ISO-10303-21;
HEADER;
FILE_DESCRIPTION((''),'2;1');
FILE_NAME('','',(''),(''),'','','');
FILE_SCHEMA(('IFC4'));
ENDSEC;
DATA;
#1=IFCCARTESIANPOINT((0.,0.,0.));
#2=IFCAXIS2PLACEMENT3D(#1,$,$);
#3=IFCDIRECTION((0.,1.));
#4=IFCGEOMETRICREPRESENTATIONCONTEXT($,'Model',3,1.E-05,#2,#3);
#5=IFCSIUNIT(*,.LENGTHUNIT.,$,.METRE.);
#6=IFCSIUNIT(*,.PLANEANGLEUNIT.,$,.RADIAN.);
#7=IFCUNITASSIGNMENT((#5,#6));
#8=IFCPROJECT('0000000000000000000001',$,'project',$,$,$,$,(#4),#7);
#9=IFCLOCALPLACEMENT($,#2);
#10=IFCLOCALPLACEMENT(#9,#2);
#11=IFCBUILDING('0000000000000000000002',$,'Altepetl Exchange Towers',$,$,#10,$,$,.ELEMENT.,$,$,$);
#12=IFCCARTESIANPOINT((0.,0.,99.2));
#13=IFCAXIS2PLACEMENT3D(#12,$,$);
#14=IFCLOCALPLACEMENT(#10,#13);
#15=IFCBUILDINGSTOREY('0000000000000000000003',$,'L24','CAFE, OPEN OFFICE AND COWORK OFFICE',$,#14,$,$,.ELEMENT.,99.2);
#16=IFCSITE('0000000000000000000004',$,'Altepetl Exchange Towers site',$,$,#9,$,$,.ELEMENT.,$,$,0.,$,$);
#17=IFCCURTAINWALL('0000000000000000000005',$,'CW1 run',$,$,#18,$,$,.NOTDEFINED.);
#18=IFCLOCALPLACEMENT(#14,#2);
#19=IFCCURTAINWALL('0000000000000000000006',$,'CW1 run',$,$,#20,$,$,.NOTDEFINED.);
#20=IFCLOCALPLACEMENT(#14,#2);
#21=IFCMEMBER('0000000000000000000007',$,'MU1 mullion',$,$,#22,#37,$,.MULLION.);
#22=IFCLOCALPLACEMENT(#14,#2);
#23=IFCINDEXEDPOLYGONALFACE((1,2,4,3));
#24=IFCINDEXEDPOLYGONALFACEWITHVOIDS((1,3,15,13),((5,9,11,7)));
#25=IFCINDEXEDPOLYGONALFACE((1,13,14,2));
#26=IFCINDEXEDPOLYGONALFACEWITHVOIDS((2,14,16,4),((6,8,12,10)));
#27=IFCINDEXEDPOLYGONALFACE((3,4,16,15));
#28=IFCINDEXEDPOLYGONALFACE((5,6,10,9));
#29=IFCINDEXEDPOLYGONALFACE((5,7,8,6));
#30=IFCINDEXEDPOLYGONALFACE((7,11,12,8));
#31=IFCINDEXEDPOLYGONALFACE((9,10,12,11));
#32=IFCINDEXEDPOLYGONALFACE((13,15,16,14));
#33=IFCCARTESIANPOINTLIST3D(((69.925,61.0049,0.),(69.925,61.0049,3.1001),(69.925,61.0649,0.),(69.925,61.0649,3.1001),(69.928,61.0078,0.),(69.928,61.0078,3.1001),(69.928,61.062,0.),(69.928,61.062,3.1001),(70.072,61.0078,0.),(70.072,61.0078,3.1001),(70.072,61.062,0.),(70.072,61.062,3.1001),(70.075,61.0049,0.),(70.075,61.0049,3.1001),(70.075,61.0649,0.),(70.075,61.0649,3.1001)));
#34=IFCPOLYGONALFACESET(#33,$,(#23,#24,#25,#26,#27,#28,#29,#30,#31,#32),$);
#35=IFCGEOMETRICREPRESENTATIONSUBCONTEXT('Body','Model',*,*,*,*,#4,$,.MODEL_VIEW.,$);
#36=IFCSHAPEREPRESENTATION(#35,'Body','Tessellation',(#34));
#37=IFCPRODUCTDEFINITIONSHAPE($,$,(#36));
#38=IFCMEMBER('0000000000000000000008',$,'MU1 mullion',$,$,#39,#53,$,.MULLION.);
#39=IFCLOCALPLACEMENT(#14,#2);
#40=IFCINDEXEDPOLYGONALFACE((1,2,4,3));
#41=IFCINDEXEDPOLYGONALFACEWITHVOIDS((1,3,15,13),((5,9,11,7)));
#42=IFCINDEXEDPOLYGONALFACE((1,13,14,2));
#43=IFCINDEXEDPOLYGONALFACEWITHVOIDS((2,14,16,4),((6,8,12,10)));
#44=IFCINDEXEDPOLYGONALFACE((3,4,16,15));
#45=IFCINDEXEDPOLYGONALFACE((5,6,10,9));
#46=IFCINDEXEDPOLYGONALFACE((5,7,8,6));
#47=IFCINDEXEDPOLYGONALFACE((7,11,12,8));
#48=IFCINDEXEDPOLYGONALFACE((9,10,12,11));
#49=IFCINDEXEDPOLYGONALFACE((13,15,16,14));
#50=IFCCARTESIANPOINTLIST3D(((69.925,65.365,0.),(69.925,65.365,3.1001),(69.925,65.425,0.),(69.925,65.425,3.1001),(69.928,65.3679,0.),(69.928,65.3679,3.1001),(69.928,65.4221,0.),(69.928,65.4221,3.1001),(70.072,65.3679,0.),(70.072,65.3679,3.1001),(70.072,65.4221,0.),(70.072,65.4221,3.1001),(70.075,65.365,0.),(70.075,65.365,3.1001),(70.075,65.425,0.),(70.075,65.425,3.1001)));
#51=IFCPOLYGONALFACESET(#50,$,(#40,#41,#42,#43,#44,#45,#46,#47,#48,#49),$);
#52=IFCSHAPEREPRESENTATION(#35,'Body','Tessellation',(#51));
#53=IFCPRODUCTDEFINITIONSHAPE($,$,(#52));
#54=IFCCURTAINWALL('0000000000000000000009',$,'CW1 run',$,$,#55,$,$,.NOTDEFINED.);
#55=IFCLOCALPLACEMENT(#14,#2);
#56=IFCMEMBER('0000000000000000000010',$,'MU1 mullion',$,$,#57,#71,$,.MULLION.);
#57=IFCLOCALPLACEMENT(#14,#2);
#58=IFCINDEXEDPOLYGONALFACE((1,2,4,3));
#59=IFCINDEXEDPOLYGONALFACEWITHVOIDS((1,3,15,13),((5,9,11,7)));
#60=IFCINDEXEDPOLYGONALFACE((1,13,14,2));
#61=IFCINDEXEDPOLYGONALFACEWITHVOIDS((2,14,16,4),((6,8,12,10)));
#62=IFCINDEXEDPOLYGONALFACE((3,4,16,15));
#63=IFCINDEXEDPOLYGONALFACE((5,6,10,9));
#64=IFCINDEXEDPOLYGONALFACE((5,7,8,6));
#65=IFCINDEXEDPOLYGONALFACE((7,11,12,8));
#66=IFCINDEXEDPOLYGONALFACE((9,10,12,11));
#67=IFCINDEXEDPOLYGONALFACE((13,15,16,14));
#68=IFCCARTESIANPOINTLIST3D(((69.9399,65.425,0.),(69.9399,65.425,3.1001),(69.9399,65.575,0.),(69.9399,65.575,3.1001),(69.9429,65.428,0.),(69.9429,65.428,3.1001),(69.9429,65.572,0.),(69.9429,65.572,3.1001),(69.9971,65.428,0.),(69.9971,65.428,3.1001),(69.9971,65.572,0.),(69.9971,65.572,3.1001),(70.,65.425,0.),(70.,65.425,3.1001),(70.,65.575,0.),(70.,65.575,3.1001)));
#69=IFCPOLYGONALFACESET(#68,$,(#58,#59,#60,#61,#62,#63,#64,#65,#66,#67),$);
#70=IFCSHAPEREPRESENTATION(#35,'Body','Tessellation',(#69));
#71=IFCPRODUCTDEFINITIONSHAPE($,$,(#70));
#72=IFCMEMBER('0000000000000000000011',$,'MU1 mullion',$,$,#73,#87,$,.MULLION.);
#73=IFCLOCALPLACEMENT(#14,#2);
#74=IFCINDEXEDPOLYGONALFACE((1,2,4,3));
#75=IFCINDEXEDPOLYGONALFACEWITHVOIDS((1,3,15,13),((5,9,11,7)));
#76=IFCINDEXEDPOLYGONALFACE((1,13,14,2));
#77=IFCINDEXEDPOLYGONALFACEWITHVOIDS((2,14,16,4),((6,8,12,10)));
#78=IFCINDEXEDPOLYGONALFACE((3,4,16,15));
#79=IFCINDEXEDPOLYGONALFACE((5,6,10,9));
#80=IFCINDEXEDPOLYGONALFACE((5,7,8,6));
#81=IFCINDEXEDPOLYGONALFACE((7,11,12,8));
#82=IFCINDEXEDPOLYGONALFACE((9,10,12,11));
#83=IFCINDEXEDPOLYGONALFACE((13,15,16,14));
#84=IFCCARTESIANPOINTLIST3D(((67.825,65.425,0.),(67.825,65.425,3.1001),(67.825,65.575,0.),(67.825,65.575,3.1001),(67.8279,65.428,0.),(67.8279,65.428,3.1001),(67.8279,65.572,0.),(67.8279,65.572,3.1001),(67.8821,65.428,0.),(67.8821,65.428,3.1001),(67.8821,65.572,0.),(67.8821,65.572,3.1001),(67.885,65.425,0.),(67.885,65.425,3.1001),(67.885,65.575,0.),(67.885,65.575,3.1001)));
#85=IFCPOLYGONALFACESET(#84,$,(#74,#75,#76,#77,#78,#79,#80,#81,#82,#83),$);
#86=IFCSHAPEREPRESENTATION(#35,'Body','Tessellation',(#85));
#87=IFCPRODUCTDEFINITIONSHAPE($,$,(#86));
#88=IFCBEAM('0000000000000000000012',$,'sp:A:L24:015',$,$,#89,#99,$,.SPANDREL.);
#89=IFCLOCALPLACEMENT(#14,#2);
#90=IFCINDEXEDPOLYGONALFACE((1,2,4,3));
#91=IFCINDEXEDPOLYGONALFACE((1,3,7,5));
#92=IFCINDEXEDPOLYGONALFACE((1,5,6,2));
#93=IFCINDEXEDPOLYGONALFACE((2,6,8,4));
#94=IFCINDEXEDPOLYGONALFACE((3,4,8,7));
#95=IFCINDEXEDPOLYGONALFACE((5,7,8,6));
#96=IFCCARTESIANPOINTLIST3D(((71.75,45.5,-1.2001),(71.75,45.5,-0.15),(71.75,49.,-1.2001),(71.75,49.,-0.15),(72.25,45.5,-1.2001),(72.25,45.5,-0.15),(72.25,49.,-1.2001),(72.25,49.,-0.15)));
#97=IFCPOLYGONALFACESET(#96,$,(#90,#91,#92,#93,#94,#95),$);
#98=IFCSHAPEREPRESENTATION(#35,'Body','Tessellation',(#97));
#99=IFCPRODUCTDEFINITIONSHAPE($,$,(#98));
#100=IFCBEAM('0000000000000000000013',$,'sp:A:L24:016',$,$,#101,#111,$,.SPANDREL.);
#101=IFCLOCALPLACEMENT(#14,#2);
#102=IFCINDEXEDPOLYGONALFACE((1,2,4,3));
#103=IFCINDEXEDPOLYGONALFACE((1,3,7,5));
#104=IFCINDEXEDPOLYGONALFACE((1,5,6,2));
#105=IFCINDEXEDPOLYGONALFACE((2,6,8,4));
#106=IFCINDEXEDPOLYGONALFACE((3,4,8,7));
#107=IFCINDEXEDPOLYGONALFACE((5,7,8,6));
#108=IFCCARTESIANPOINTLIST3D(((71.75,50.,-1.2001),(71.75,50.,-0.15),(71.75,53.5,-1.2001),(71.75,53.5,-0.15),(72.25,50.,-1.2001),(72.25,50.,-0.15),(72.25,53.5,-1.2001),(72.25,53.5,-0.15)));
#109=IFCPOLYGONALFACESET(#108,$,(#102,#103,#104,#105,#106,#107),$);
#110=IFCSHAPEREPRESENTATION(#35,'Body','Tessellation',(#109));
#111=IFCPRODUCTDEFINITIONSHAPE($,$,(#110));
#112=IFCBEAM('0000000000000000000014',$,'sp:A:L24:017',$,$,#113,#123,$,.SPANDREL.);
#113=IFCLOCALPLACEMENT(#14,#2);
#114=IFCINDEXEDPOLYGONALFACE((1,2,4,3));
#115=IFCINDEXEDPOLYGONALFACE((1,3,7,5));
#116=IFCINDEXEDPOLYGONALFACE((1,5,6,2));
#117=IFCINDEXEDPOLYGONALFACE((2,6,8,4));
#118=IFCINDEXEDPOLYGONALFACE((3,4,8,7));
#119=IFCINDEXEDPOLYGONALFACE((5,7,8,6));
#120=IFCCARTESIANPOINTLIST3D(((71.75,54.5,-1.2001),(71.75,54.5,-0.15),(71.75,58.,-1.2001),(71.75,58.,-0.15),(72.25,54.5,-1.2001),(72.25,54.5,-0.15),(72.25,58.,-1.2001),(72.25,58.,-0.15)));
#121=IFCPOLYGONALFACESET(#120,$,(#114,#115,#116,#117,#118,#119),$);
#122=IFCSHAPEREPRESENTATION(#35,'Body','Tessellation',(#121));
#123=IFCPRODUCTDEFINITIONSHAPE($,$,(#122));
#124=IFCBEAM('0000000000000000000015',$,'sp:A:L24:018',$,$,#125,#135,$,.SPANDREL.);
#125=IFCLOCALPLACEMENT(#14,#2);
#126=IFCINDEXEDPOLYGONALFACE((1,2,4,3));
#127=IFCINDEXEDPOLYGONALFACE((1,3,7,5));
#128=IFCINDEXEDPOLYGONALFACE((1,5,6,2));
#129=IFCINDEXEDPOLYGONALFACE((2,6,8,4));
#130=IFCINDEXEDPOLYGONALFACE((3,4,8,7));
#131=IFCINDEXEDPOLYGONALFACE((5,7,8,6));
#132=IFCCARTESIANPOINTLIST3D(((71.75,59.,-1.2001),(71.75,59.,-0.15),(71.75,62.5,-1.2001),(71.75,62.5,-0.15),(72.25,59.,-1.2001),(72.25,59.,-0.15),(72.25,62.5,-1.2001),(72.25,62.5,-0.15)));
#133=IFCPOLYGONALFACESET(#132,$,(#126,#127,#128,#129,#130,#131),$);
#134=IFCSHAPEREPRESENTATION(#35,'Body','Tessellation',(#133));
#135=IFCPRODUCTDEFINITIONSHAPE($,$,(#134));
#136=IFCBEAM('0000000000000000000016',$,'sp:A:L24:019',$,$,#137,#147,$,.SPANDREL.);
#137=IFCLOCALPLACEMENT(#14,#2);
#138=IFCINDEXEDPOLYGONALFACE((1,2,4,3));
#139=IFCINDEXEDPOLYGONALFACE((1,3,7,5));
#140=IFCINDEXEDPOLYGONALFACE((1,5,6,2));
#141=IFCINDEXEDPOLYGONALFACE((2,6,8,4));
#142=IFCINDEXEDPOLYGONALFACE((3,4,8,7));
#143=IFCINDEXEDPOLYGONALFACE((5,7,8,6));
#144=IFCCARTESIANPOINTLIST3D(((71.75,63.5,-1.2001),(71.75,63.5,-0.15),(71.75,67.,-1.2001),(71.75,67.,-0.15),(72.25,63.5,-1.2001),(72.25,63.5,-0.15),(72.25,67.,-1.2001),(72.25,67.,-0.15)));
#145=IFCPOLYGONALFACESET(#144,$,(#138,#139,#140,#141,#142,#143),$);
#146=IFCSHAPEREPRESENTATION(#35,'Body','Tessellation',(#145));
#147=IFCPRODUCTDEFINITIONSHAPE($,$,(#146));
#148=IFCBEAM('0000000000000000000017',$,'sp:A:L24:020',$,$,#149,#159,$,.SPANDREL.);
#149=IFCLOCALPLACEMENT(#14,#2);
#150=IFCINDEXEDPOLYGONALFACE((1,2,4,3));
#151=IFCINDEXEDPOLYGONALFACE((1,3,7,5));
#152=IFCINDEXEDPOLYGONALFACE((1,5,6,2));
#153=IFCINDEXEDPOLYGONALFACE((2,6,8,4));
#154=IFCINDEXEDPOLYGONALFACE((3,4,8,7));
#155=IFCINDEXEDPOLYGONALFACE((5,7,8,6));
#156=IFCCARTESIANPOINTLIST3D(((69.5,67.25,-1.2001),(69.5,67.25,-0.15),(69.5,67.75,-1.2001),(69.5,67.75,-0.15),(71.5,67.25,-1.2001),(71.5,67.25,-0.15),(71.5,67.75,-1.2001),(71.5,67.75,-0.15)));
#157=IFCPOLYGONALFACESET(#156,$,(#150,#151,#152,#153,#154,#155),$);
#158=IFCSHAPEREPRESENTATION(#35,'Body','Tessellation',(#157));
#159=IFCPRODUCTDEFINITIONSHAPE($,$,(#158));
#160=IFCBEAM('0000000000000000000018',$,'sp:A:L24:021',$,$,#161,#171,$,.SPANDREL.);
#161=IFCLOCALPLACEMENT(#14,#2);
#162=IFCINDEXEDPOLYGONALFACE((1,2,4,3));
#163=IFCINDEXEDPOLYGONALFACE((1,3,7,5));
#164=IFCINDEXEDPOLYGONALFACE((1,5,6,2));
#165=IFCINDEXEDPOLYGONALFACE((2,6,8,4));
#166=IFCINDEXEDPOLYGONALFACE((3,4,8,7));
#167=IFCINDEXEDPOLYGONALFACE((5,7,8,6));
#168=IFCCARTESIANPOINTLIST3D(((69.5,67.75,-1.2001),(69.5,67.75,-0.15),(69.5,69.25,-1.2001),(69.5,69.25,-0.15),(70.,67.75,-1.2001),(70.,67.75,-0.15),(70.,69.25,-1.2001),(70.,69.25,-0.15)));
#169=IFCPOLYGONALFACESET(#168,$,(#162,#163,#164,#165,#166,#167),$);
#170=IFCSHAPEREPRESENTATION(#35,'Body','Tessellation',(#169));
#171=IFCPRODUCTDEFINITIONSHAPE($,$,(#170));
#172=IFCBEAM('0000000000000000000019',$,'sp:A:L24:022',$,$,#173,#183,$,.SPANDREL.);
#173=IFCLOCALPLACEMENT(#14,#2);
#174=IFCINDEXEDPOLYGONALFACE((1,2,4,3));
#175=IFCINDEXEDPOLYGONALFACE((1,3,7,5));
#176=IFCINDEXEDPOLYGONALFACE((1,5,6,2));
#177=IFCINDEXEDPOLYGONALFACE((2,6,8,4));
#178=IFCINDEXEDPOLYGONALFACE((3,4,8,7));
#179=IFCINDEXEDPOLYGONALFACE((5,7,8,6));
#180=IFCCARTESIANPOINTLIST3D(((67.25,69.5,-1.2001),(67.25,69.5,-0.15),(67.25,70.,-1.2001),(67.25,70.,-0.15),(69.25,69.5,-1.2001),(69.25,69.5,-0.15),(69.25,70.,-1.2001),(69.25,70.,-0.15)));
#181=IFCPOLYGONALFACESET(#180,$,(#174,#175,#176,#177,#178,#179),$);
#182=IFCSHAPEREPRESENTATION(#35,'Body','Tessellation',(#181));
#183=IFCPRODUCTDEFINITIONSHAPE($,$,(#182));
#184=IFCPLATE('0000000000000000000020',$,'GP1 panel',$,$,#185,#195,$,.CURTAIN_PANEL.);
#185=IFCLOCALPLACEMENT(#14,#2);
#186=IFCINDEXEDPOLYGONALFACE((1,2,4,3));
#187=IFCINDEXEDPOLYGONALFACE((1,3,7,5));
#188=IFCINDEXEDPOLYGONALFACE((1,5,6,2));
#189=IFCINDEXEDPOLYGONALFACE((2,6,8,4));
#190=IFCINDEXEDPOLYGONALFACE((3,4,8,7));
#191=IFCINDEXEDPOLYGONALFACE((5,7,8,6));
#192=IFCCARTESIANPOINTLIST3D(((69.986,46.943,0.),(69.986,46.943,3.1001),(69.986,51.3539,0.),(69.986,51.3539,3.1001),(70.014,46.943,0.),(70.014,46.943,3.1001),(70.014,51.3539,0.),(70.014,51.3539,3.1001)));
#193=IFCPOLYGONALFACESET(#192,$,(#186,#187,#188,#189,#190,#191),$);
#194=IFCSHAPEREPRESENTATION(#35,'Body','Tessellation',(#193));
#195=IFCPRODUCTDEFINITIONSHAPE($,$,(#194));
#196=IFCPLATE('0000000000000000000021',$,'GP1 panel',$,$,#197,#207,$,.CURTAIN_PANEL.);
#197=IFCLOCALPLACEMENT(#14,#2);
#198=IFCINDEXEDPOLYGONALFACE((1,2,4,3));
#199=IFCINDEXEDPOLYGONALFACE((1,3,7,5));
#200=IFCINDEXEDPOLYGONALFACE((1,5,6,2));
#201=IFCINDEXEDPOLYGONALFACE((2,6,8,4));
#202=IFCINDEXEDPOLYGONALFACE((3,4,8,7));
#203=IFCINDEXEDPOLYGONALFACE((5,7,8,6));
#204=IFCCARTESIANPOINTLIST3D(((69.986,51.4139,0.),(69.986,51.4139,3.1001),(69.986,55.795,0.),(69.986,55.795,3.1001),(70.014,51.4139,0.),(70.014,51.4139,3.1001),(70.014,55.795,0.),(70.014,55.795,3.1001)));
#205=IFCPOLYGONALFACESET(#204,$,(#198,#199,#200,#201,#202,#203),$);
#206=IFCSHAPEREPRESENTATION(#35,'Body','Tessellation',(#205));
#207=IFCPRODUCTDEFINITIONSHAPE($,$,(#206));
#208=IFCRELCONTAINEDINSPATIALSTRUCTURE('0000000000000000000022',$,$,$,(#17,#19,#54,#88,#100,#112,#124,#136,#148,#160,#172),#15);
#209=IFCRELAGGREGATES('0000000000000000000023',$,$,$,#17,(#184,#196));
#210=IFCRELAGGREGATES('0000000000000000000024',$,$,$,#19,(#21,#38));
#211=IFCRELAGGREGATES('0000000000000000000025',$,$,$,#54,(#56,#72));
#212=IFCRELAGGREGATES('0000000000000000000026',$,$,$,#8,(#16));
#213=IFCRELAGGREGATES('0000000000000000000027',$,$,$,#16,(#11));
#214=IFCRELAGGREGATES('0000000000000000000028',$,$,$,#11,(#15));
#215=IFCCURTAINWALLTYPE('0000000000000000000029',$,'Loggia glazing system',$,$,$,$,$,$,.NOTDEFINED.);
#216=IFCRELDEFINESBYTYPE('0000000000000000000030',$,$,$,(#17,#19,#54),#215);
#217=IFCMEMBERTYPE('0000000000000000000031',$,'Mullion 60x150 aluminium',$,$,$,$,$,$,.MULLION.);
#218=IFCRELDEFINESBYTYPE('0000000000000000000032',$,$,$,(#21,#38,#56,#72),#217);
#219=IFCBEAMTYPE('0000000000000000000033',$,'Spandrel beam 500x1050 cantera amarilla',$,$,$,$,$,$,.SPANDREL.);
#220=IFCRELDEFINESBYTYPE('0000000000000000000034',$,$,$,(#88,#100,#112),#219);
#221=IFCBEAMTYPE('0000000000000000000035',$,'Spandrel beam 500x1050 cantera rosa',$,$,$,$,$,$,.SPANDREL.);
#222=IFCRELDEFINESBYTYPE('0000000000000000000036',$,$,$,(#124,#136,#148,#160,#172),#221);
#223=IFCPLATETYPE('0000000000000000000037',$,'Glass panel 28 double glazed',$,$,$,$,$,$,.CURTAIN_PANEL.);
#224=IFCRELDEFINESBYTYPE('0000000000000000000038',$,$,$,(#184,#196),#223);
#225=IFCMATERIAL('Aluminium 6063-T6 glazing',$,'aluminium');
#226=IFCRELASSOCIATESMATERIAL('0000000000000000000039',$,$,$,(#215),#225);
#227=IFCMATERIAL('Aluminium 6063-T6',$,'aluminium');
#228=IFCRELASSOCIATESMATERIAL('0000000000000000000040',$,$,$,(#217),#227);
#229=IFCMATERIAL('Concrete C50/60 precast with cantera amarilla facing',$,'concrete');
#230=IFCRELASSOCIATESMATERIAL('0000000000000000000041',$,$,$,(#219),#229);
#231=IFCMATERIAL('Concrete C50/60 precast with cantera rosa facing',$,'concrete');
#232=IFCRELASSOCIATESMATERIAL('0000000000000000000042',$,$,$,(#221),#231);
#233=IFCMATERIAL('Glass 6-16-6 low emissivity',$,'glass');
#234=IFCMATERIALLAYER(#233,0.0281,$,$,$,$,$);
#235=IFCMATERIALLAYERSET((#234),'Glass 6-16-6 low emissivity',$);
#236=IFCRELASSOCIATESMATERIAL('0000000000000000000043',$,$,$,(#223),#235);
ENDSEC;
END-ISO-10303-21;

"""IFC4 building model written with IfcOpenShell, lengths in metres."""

from ifc_helpers import new_model, si_unit, direction, frame, origin, origin_2d, place, context, subcontext, project, spatial, rectangle, hollow_rectangle, extrude, material, layer, layer_set, material_profile, profile_set, type_object, element, aggregate, save


model = new_model("IFC4")

# Units and contexts
model_context = context("Model", 3, precision=1e-05, world=origin(), true_north=direction((0.0, 1.0)))
body_context = subcontext(model_context, "Body", "Model", "MODEL_VIEW")
ifc_project = project(units=[si_unit("LENGTHUNIT", "METRE"), si_unit("PLANEANGLEUNIT", "RADIAN")], contexts=[model_context])

# Site, building, storey
site_placement = place(None, origin())
site = spatial("IfcSite", under=ifc_project, at=site_placement, Name="Altepetl Exchange Towers site", CompositionType="ELEMENT", RefElevation=0.0)
building_placement = place(site_placement, origin())
building = spatial("IfcBuilding", under=site, at=building_placement, Name="Altepetl Exchange Towers", CompositionType="ELEMENT")
storey_placement = place(building_placement, frame((0.0, 0.0, 99.2)))
storey = spatial("IfcBuildingStorey", under=building, at=storey_placement, Name="L24", Description="CAFE, OPEN OFFICE AND COWORK OFFICE", CompositionType="ELEMENT", Elevation=99.2)

# Curtain walls, members
ifc_material_1 = material(Name="Aluminium 6063-T6 glazing", Category="aluminium")
curtain_wall_type = type_object("IfcCurtainWallType", Name="Loggia glazing system", PredefinedType="NOTDEFINED", material=ifc_material_1)
curtain_wall_1_placement = place(storey_placement, origin())
curtain_wall_1 = element("IfcCurtainWall", 1, at=curtain_wall_1_placement, inside=storey, type_object=curtain_wall_type, Name="CW1 run", PredefinedType="NOTDEFINED")
ifc_material_2 = material(Name="Aluminium 6063-T6", Category="aluminium")
ifc_material_profile_1 = material_profile(ifc_material_2, hollow_rectangle(XDim=0.0601, YDim=0.1499, WallThickness=0.0029, at=origin_2d()), Name="Mullion 60x150 aluminium")
ifc_profile_set_1 = profile_set([ifc_material_profile_1], Name="Aluminium 6063-T6")
member_type = type_object("IfcMemberType", Name="Mullion 60x150 aluminium", PredefinedType="MULLION", material=ifc_profile_set_1)
curtain_wall_2_placement = place(storey_placement, origin())
curtain_wall_2 = element("IfcCurtainWall", 2, at=curtain_wall_2_placement, inside=storey, type_object=curtain_wall_type, Name="CW1 run", PredefinedType="NOTDEFINED")
member_1_placement = place(storey_placement, frame((70.0, 61.0349, 0.0), z_axis=(0.0, 0.0, 1.0), x_axis=(0.0, 1.0, 0.0)))
member_1 = element("IfcMember", 3, at=member_1_placement, type_object=member_type, Name="MU1 mullion", PredefinedType="MULLION", context=body_context, shape_type="SweptSolid", body=[
    extrude(hollow_rectangle(XDim=0.0601, YDim=0.1499, WallThickness=0.0029, at=origin_2d()), origin(), (0.0, 0.0, 1.0), 3.1001),
])
member_2_placement = place(storey_placement, frame((70.0, 65.395, 0.0), z_axis=(0.0, 0.0, 1.0), x_axis=(0.0, 1.0, 0.0)))
member_2 = element("IfcMember", 4, at=member_2_placement, type_object=member_type, Name="MU1 mullion", PredefinedType="MULLION", context=body_context, shape_type="SweptSolid", body=[
    extrude(hollow_rectangle(XDim=0.0601, YDim=0.1499, WallThickness=0.0029, at=origin_2d()), origin(), (0.0, 0.0, 1.0), 3.1001),
])
curtain_wall_3_placement = place(storey_placement, origin())
curtain_wall_3 = element("IfcCurtainWall", 5, at=curtain_wall_3_placement, inside=storey, type_object=curtain_wall_type, Name="CW1 run", PredefinedType="NOTDEFINED")
member_3_placement = place(storey_placement, frame((69.97, 65.5, 0.0), z_axis=(0.0, 0.0, 1.0), x_axis=(-1.0, 0.0, 0.0)))
member_3 = element("IfcMember", 6, at=member_3_placement, type_object=member_type, Name="MU1 mullion", PredefinedType="MULLION", context=body_context, shape_type="SweptSolid", body=[
    extrude(hollow_rectangle(XDim=0.0601, YDim=0.1499, WallThickness=0.0029, at=origin_2d()), origin(), (0.0, 0.0, 1.0), 3.1001),
])
member_4_placement = place(storey_placement, frame((67.855, 65.5, 0.0), z_axis=(0.0, 0.0, 1.0), x_axis=(-1.0, 0.0, 0.0)))
member_4 = element("IfcMember", 7, at=member_4_placement, type_object=member_type, Name="MU1 mullion", PredefinedType="MULLION", context=body_context, shape_type="SweptSolid", body=[
    extrude(hollow_rectangle(XDim=0.0601, YDim=0.1499, WallThickness=0.0029, at=origin_2d()), origin(), (0.0, 0.0, 1.0), 3.1001),
])

# Beams
ifc_material_3 = material(Name="Concrete C50/60 precast with cantera amarilla facing", Category="concrete")
ifc_material_profile_2 = material_profile(ifc_material_3, rectangle(XDim=0.5, YDim=1.05, at=origin_2d()), Name="500 x 1050")
ifc_profile_set_2 = profile_set([ifc_material_profile_2], Name="Concrete C50/60 precast with cantera amarilla facing")
beam_type_1 = type_object("IfcBeamType", Name="Spandrel beam 500x1050 cantera amarilla", PredefinedType="SPANDREL", material=ifc_profile_set_2)
for number, where, z_axis, x_axis, name in (
    (8, (72.0, 45.5, -0.675), (0.0, 1.0, 0.0), (-1.0, 0.0, 0.0), "sp:A:L24:015"),
    (9, (72.0, 50.0, -0.675), (0.0, 1.0, 0.0), (-1.0, 0.0, 0.0), "sp:A:L24:016"),
    (10, (72.0, 54.5, -0.675), (0.0, 1.0, 0.0), (-1.0, 0.0, 0.0), "sp:A:L24:017"),
):
    element("IfcBeam", number, at=place(storey_placement, frame(where, z_axis=z_axis, x_axis=x_axis)), inside=storey, type_object=beam_type_1, Name=name, PredefinedType="SPANDREL", context=body_context, shape_type="SweptSolid", body=[
        extrude(rectangle(XDim=0.5, YDim=1.05, at=origin_2d()), origin(), (0.0, 0.0, 1.0), 3.5),
    ])
ifc_material_4 = material(Name="Concrete C50/60 precast with cantera rosa facing", Category="concrete")
ifc_material_profile_3 = material_profile(ifc_material_4, rectangle(XDim=0.5, YDim=1.05, at=origin_2d()), Name="500 x 1050")
ifc_profile_set_3 = profile_set([ifc_material_profile_3], Name="Concrete C50/60 precast with cantera rosa facing")
beam_type_2 = type_object("IfcBeamType", Name="Spandrel beam 500x1050 cantera rosa", PredefinedType="SPANDREL", material=ifc_profile_set_3)
for number, where, z_axis, x_axis, name in (
    (11, (72.0, 59.0, -0.675), (0.0, 1.0, 0.0), (-1.0, 0.0, 0.0), "sp:A:L24:018"),
    (12, (72.0, 63.5, -0.675), (0.0, 1.0, 0.0), (-1.0, 0.0, 0.0), "sp:A:L24:019"),
):
    element("IfcBeam", number, at=place(storey_placement, frame(where, z_axis=z_axis, x_axis=x_axis)), inside=storey, type_object=beam_type_2, Name=name, PredefinedType="SPANDREL", context=body_context, shape_type="SweptSolid", body=[
        extrude(rectangle(XDim=0.5, YDim=1.05, at=origin_2d()), origin(), (0.0, 0.0, 1.0), 3.5),
    ])
beam_1_placement = place(storey_placement, frame((71.5, 67.5, -0.675), z_axis=(-1.0, 0.0, 0.0), x_axis=(0.0, -1.0, 0.0)))
element("IfcBeam", 13, at=beam_1_placement, inside=storey, type_object=beam_type_2, Name="sp:A:L24:020", PredefinedType="SPANDREL", context=body_context, shape_type="SweptSolid", body=[
    extrude(rectangle(XDim=0.5, YDim=1.05, at=origin_2d()), origin(), (0.0, 0.0, 1.0), 2.0),
])
beam_2_placement = place(storey_placement, frame((69.75, 67.75, -0.675), z_axis=(0.0, 1.0, 0.0), x_axis=(-1.0, 0.0, 0.0)))
element("IfcBeam", 14, at=beam_2_placement, inside=storey, type_object=beam_type_2, Name="sp:A:L24:021", PredefinedType="SPANDREL", context=body_context, shape_type="SweptSolid", body=[
    extrude(rectangle(XDim=0.5, YDim=1.05, at=origin_2d()), origin(), (0.0, 0.0, 1.0), 1.5),
])
beam_3_placement = place(storey_placement, frame((69.25, 69.75, -0.675), z_axis=(-1.0, 0.0, 0.0), x_axis=(0.0, -1.0, 0.0)))
element("IfcBeam", 15, at=beam_3_placement, inside=storey, type_object=beam_type_2, Name="sp:A:L24:022", PredefinedType="SPANDREL", context=body_context, shape_type="SweptSolid", body=[
    extrude(rectangle(XDim=0.5, YDim=1.05, at=origin_2d()), origin(), (0.0, 0.0, 1.0), 2.0),
])

# Plates
ifc_material_5 = material(Name="Glass 6-16-6 low emissivity", Category="glass")
ifc_layer_1 = layer(ifc_material_5, 0.0281)
ifc_layer_set_1 = layer_set([ifc_layer_1], Name="Glass 6-16-6 low emissivity")
plate_type = type_object("IfcPlateType", Name="Glass panel 28 double glazed", PredefinedType="CURTAIN_PANEL", material=ifc_layer_set_1)
plate_1_placement = place(storey_placement, frame((70.0, 49.1484, 0.0), z_axis=(0.0, 0.0, 1.0), x_axis=(0.0, 1.0, 0.0)))
plate_1 = element("IfcPlate", 16, at=plate_1_placement, type_object=plate_type, Name="GP1 panel", PredefinedType="CURTAIN_PANEL", context=body_context, shape_type="SweptSolid", body=[
    extrude(rectangle(XDim=4.4109, YDim=0.0281, at=origin_2d()), origin(), (0.0, 0.0, 1.0), 3.1001),
])
plate_2_placement = place(storey_placement, frame((70.0, 53.6045, 0.0), z_axis=(0.0, 0.0, 1.0), x_axis=(0.0, 1.0, 0.0)))
plate_2 = element("IfcPlate", 17, at=plate_2_placement, type_object=plate_type, Name="GP1 panel", PredefinedType="CURTAIN_PANEL", context=body_context, shape_type="SweptSolid", body=[
    extrude(rectangle(XDim=4.3811, YDim=0.0281, at=origin_2d()), origin(), (0.0, 0.0, 1.0), 3.1001),
])
aggregate(curtain_wall_1, [plate_1, plate_2])
aggregate(curtain_wall_2, [member_1, member_2])
aggregate(curtain_wall_3, [member_3, member_4])

save(model, "model.ifc")
